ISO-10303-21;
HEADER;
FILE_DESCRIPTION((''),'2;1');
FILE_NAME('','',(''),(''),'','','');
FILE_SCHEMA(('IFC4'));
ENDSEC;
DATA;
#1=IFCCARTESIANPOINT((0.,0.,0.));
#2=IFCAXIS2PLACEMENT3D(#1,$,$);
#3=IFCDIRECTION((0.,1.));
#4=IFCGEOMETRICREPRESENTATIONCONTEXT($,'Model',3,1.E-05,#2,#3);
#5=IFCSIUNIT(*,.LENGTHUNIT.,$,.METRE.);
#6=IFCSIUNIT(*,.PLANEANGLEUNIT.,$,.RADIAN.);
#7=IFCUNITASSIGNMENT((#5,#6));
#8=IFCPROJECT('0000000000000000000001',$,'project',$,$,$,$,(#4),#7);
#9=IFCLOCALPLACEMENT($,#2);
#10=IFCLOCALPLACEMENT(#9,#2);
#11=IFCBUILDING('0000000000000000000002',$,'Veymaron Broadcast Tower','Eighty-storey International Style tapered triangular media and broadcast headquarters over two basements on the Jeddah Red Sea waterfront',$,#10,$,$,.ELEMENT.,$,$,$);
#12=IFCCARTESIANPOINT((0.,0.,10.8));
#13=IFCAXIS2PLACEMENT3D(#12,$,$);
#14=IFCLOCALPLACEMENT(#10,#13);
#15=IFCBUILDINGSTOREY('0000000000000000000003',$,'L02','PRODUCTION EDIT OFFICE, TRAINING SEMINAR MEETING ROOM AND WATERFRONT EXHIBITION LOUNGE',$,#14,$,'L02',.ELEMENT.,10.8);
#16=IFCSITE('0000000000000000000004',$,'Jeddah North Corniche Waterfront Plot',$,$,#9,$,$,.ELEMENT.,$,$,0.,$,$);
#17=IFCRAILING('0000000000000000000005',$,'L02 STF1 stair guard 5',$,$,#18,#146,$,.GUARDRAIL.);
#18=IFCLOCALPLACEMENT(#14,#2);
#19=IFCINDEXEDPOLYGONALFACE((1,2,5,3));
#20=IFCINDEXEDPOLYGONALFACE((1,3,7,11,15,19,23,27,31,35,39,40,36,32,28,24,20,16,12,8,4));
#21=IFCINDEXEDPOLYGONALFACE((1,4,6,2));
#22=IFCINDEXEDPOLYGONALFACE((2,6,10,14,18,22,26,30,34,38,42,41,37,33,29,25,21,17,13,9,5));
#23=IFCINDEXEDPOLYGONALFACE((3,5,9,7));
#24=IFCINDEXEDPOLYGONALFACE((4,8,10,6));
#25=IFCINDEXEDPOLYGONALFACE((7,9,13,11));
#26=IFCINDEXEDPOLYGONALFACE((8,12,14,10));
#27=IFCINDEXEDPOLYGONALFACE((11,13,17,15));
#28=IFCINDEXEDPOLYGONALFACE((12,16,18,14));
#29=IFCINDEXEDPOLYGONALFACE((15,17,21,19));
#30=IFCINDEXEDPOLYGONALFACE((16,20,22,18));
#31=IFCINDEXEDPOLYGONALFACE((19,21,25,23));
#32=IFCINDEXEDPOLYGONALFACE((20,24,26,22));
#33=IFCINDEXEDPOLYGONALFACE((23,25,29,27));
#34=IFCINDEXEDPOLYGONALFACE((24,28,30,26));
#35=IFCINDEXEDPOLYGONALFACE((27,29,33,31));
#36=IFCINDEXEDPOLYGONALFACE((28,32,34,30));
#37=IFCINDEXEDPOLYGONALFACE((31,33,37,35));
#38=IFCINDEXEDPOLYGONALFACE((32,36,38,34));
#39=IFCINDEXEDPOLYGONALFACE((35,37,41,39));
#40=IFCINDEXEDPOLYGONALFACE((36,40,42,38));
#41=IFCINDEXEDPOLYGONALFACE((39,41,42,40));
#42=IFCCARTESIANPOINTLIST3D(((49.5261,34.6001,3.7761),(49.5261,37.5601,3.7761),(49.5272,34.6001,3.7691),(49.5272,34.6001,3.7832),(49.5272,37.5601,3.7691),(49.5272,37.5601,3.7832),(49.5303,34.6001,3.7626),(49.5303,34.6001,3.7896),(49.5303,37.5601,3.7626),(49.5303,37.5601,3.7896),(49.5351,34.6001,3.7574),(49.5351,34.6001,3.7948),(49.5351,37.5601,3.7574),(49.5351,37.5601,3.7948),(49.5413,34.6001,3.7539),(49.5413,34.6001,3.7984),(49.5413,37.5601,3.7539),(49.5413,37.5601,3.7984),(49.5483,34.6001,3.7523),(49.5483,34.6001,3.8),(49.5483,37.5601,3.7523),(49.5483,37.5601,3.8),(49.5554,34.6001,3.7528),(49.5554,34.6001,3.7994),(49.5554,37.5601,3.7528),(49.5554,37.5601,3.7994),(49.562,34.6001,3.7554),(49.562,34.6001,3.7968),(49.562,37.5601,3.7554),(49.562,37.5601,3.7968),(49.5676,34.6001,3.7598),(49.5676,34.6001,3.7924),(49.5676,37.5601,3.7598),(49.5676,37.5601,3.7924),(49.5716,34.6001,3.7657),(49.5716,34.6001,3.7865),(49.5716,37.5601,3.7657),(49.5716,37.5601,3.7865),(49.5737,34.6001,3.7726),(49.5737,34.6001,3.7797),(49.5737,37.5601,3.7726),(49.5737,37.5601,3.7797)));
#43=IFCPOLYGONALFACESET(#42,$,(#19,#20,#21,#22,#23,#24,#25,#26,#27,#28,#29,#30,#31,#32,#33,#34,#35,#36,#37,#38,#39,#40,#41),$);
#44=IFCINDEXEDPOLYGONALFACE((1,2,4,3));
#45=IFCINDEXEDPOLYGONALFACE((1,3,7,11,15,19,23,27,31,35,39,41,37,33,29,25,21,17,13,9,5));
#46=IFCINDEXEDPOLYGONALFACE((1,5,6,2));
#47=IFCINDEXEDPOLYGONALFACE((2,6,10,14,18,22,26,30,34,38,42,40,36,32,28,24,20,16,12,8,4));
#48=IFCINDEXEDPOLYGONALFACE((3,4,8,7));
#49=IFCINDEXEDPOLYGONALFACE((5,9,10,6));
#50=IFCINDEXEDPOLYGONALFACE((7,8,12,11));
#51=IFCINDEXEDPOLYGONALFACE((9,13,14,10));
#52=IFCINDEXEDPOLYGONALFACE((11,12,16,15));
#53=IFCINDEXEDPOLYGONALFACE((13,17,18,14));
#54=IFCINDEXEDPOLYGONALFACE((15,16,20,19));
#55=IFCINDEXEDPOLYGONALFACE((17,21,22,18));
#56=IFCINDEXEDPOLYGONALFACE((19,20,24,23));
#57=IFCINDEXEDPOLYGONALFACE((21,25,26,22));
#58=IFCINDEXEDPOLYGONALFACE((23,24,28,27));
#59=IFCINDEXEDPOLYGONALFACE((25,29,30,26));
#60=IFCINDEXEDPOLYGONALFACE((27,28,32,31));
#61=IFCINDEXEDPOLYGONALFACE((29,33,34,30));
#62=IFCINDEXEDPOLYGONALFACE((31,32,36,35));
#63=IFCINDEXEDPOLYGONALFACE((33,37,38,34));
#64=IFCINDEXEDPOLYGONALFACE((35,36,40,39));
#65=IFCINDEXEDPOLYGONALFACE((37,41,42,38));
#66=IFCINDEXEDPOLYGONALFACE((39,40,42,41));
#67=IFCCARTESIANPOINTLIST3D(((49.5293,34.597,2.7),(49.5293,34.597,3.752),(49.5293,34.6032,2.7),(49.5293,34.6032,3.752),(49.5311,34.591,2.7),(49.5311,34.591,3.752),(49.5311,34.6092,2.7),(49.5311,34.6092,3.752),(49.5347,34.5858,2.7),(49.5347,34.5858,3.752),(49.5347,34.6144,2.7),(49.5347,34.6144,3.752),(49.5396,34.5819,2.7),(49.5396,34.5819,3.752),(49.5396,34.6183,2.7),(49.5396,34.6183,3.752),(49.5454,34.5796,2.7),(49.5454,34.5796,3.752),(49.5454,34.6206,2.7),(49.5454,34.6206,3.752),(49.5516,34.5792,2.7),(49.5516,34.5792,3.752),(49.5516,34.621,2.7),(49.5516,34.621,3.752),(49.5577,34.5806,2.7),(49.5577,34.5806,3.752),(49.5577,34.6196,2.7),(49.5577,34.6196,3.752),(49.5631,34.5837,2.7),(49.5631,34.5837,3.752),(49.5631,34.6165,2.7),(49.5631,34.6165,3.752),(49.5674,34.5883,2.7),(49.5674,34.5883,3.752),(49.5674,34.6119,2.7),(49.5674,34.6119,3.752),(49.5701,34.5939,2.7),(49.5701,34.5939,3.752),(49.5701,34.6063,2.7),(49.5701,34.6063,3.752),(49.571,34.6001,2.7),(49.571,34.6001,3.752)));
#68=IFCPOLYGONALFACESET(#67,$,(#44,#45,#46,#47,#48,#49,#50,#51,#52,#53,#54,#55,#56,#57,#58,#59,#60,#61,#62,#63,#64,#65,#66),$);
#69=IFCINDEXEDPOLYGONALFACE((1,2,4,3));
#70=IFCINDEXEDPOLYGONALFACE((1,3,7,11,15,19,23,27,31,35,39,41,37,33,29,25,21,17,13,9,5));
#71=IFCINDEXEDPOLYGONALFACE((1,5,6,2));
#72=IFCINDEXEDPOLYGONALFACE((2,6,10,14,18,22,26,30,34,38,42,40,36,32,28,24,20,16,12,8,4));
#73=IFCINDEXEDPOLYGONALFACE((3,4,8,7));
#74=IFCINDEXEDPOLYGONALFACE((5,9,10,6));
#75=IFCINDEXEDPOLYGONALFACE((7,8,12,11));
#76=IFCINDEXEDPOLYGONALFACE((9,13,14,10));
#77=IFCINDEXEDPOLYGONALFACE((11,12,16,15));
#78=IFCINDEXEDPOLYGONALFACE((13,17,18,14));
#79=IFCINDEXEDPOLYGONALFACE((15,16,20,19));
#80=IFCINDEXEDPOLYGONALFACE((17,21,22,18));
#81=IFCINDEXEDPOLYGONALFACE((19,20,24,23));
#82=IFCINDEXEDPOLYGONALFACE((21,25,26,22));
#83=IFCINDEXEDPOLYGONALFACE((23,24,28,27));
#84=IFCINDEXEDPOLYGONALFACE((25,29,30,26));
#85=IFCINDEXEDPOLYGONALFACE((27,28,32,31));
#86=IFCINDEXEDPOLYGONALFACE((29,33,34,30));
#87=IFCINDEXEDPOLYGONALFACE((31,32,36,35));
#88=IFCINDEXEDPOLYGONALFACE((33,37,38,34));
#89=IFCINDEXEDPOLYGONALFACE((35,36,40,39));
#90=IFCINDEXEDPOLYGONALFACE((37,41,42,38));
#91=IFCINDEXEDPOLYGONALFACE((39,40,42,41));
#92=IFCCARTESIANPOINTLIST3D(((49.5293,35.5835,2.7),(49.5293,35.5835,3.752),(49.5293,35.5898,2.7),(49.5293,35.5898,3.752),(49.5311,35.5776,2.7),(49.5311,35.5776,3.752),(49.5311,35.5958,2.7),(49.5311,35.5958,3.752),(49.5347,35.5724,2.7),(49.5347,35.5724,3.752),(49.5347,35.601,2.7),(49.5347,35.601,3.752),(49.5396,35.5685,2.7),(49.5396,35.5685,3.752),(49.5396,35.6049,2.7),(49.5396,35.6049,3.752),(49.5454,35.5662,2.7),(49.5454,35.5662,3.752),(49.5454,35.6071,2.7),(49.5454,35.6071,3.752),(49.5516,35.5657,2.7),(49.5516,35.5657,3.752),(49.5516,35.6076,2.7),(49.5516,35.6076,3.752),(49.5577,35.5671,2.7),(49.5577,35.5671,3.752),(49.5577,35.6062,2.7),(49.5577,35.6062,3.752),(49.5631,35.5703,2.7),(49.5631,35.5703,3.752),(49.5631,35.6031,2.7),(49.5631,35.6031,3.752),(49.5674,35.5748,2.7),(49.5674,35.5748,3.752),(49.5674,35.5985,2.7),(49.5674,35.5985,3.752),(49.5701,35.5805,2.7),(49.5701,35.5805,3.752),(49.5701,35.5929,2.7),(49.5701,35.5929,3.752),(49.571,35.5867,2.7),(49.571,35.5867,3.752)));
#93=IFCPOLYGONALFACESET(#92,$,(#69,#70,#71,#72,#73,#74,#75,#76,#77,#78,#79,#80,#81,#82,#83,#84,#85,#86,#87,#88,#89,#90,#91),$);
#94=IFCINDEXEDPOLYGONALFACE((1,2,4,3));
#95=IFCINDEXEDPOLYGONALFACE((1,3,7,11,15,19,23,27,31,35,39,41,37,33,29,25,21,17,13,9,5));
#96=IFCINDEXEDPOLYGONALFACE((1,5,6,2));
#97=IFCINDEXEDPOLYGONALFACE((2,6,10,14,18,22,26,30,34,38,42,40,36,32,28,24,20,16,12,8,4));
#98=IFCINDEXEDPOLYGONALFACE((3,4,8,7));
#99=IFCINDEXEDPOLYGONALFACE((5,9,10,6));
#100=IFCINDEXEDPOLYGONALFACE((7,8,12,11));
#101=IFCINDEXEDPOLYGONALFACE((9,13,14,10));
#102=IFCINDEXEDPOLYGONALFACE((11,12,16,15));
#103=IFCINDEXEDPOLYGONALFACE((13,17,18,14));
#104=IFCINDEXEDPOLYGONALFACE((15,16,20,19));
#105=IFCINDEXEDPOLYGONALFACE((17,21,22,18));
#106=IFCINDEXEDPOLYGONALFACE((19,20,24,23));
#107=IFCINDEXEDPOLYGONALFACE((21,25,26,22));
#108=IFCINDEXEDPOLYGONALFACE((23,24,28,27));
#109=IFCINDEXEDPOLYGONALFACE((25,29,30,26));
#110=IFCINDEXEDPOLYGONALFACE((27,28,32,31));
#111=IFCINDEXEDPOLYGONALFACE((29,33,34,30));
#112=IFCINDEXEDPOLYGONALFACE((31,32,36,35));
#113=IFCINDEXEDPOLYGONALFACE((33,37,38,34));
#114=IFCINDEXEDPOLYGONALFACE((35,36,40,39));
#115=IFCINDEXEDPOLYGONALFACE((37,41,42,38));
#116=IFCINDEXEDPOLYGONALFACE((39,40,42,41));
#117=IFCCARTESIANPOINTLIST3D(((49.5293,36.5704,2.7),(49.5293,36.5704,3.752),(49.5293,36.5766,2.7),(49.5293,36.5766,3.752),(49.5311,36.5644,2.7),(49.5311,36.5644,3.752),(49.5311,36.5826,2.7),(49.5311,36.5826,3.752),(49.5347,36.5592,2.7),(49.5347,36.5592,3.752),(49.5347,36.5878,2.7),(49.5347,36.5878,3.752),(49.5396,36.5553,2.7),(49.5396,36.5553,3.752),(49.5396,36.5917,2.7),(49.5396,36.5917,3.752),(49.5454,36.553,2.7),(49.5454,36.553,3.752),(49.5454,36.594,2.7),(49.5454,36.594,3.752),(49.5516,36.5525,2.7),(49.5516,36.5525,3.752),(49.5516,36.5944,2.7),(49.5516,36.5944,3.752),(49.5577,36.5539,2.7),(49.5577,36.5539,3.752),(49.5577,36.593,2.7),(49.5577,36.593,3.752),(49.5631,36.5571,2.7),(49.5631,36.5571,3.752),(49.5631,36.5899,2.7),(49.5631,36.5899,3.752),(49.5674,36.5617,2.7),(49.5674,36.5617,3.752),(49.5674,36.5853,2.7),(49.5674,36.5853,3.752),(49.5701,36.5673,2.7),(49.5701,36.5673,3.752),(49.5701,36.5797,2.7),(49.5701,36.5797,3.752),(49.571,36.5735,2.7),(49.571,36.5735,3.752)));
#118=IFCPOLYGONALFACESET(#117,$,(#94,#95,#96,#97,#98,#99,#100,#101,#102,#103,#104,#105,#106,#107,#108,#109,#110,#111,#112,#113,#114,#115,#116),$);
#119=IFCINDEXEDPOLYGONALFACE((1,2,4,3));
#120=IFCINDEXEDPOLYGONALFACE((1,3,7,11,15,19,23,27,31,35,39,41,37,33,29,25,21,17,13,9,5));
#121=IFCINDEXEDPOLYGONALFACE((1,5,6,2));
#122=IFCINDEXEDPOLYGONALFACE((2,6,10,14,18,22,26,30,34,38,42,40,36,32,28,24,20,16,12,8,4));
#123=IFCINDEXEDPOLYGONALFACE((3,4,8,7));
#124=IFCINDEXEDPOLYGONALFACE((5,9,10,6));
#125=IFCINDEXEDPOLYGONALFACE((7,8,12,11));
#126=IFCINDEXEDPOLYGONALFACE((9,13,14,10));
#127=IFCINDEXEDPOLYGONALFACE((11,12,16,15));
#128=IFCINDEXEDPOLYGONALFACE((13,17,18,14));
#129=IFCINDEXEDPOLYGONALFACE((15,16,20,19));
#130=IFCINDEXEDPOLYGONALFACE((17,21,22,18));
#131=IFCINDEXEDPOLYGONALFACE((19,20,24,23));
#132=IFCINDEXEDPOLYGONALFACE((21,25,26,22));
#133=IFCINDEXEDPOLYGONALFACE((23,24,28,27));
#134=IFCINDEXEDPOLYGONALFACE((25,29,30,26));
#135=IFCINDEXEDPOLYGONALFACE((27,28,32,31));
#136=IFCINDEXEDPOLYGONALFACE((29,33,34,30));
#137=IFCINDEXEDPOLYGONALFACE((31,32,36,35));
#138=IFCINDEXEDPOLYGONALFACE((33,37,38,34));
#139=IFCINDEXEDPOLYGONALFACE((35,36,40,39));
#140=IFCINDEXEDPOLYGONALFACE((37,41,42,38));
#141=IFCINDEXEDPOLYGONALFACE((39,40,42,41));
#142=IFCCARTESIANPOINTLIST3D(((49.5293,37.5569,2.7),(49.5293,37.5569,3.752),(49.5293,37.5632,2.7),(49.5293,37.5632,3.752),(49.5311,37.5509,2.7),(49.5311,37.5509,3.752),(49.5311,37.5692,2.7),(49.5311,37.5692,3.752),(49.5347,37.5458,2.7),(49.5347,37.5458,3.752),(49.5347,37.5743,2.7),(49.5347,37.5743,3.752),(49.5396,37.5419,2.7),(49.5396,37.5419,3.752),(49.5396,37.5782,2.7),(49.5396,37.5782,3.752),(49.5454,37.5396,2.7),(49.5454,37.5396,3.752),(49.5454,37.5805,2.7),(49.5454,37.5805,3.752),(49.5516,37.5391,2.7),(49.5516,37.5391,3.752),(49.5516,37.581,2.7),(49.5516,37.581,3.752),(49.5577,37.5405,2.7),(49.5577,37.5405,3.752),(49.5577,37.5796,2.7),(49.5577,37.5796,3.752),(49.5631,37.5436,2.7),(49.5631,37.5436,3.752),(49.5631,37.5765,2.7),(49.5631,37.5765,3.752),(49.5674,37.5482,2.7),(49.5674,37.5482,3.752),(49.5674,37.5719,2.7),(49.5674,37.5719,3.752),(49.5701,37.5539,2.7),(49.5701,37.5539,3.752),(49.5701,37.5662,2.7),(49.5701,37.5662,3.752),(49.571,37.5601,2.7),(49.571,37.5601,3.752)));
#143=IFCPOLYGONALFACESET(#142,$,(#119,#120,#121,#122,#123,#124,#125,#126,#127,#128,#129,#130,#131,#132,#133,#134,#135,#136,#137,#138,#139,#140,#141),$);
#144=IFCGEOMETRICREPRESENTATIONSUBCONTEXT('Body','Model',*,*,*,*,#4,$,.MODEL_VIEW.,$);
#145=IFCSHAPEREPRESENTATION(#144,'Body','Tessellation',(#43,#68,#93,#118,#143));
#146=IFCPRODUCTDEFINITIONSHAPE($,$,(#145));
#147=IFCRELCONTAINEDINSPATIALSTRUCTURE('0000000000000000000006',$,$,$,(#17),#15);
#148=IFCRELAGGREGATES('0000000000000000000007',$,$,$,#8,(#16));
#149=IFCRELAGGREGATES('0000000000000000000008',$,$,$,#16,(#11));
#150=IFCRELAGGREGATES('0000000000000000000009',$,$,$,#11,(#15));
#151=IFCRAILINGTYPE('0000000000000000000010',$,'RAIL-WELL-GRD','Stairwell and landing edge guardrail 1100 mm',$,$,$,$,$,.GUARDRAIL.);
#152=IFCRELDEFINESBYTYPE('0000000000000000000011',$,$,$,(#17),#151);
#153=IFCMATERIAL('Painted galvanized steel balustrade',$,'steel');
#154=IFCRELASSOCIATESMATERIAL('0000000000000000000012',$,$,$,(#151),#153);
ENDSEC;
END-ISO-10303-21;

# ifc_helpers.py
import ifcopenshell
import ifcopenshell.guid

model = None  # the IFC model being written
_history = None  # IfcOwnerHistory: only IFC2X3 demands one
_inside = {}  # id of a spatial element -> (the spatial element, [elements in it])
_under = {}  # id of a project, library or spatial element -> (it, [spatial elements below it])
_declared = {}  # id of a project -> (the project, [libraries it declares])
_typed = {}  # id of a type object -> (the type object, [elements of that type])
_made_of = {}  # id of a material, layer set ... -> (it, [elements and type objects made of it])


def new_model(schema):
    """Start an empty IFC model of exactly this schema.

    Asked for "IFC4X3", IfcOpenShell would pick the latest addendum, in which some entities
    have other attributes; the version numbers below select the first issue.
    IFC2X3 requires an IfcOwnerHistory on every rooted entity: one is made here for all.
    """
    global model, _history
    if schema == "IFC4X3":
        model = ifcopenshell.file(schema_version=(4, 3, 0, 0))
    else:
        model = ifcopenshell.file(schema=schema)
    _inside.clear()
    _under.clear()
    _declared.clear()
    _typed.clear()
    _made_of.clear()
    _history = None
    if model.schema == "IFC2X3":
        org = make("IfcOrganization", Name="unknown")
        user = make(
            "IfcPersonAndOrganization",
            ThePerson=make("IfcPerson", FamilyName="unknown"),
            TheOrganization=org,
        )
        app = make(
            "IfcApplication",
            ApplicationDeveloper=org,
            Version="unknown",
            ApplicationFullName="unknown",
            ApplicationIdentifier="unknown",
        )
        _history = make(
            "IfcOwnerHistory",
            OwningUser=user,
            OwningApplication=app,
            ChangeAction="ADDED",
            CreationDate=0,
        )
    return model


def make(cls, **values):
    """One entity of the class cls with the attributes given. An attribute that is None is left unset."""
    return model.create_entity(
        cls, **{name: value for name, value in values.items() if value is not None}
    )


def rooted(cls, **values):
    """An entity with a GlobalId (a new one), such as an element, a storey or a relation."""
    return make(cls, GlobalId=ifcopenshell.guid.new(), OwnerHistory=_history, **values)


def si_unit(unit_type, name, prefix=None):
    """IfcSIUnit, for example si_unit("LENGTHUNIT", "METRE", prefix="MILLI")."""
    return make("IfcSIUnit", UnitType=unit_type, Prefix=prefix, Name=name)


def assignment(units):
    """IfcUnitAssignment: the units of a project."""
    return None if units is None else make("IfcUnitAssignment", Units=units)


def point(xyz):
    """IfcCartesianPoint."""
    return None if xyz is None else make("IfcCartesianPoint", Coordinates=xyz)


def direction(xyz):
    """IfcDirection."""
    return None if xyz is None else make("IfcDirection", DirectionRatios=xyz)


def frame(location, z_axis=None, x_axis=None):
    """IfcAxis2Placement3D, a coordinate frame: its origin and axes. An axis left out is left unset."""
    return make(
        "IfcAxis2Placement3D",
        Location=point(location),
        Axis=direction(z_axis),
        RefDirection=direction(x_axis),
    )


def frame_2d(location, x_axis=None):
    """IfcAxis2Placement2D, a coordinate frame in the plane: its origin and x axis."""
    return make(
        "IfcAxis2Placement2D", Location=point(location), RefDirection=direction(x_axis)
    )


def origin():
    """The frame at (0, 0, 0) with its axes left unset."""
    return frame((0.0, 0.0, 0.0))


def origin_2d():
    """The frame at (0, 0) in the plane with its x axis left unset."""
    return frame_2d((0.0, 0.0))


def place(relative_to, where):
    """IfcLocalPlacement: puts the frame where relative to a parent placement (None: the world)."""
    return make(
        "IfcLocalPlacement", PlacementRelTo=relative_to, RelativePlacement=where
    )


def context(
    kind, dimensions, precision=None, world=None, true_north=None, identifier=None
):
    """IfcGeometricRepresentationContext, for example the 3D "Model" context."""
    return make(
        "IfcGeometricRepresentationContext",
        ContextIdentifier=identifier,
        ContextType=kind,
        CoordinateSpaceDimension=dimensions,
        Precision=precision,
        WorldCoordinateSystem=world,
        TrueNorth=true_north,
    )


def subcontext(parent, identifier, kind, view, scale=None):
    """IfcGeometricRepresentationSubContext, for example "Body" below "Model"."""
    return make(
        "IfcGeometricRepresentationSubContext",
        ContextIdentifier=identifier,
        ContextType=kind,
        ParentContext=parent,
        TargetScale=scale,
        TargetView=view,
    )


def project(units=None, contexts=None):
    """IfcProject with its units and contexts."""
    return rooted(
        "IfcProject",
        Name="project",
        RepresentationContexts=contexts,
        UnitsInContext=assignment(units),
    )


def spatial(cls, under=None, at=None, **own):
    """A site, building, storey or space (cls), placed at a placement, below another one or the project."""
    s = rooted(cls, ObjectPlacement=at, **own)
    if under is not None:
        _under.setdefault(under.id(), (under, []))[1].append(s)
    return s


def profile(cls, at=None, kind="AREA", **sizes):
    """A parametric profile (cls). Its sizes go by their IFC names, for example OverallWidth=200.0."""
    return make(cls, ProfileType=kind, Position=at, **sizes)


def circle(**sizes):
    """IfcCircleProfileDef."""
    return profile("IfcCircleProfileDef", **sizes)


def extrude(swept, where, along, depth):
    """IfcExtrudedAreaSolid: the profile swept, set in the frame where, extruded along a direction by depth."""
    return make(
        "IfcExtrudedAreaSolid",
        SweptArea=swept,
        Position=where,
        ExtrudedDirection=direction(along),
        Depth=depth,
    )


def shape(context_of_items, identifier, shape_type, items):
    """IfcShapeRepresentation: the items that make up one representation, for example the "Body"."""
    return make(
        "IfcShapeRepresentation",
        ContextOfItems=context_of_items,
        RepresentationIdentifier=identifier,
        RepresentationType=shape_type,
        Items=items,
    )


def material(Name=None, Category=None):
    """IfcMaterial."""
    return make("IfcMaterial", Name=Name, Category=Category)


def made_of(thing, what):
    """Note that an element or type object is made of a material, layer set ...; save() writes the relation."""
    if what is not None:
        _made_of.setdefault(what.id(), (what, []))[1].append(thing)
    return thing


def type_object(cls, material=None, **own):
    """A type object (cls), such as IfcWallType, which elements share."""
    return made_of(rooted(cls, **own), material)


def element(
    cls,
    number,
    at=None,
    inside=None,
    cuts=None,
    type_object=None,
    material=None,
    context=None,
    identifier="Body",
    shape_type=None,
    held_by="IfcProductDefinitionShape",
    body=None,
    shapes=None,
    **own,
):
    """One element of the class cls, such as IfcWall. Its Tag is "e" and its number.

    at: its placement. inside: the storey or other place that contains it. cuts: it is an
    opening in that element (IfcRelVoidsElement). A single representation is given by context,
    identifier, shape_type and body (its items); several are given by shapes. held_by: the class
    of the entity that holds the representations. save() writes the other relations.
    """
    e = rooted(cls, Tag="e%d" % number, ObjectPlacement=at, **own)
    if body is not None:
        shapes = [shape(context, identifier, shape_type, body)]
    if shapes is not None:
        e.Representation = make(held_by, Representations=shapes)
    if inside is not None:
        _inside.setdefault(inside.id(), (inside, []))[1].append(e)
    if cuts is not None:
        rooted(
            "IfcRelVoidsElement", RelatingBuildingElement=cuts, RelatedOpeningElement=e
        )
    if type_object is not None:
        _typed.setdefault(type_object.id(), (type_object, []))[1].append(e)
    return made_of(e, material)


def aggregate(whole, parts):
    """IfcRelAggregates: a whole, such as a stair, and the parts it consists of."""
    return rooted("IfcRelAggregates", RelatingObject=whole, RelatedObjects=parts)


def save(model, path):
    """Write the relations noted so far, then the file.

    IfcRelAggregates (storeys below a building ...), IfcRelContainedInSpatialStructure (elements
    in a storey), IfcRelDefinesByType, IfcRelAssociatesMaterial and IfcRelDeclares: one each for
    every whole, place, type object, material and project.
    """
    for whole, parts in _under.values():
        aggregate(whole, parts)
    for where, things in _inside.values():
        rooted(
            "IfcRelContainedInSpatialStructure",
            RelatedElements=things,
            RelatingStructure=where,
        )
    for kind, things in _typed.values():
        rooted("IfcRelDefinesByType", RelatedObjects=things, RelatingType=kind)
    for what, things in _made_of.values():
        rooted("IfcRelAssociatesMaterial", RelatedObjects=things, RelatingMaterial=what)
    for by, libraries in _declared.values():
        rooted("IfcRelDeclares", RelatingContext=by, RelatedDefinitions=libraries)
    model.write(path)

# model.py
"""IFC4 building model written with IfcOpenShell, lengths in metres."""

from ifc_helpers import new_model, si_unit, direction, frame, origin, origin_2d, place, context, subcontext, project, spatial, circle, extrude, material, type_object, element, save


model = new_model("IFC4")

# Units and contexts
model_context = context("Model", 3, precision=1e-05, world=origin(), true_north=direction((0.0, 1.0)))
body_context = subcontext(model_context, "Body", "Model", "MODEL_VIEW")
ifc_project = project(units=[si_unit("LENGTHUNIT", "METRE"), si_unit("PLANEANGLEUNIT", "RADIAN")], contexts=[model_context])

# Site, building, storey
site_placement = place(None, origin())
site = spatial("IfcSite", under=ifc_project, at=site_placement, Name="Jeddah North Corniche Waterfront Plot", CompositionType="ELEMENT", RefElevation=0.0)
building_placement = place(site_placement, origin())
building = spatial("IfcBuilding", under=site, at=building_placement, Name="Veymaron Broadcast Tower", Description="Eighty-storey International Style tapered triangular media and broadcast headquarters over two basements on the Jeddah Red Sea waterfront", CompositionType="ELEMENT")
storey_placement = place(building_placement, frame((0.0, 0.0, 10.8)))
storey = spatial("IfcBuildingStorey", under=building, at=storey_placement, Name="L02", Description="PRODUCTION EDIT OFFICE, TRAINING SEMINAR MEETING ROOM AND WATERFRONT EXHIBITION LOUNGE", LongName="L02", CompositionType="ELEMENT", Elevation=10.8)

# Railing
ifc_material_1 = material(Name="Painted galvanized steel balustrade", Category="steel")
railing_type = type_object("IfcRailingType", Name="RAIL-WELL-GRD", Description="Stairwell and landing edge guardrail 1100 mm", PredefinedType="GUARDRAIL", material=ifc_material_1)
railing_1_placement = place(storey_placement, frame((49.55, 34.6001, 2.7)))
element("IfcRailing", 1, at=railing_1_placement, inside=storey, type_object=railing_type, Name="L02 STF1 stair guard 5", PredefinedType="GUARDRAIL", context=body_context, shape_type="SweptSolid", body=[
    extrude(circle(Radius=0.0239, at=origin_2d()), frame((0.0, 0.0, 1.0762), z_axis=(0.0, 1.0, 0.0), x_axis=(-1.0, 0.0, 0.0)), (0.0, 0.0, 1.0), 2.96),
    extrude(circle(Radius=0.021, at=origin_2d()), origin(), (0.0, 0.0, 1.0), 1.052),
    extrude(circle(Radius=0.021, at=origin_2d()), frame((0.0, 0.9866, 0.0)), (0.0, 0.0, 1.0), 1.052),
    extrude(circle(Radius=0.021, at=origin_2d()), frame((0.0, 1.9734, 0.0)), (0.0, 0.0, 1.0), 1.052),
    extrude(circle(Radius=0.021, at=origin_2d()), frame((0.0, 2.96, 0.0)), (0.0, 0.0, 1.0), 1.052),
])

save(model, "model.ifc")
